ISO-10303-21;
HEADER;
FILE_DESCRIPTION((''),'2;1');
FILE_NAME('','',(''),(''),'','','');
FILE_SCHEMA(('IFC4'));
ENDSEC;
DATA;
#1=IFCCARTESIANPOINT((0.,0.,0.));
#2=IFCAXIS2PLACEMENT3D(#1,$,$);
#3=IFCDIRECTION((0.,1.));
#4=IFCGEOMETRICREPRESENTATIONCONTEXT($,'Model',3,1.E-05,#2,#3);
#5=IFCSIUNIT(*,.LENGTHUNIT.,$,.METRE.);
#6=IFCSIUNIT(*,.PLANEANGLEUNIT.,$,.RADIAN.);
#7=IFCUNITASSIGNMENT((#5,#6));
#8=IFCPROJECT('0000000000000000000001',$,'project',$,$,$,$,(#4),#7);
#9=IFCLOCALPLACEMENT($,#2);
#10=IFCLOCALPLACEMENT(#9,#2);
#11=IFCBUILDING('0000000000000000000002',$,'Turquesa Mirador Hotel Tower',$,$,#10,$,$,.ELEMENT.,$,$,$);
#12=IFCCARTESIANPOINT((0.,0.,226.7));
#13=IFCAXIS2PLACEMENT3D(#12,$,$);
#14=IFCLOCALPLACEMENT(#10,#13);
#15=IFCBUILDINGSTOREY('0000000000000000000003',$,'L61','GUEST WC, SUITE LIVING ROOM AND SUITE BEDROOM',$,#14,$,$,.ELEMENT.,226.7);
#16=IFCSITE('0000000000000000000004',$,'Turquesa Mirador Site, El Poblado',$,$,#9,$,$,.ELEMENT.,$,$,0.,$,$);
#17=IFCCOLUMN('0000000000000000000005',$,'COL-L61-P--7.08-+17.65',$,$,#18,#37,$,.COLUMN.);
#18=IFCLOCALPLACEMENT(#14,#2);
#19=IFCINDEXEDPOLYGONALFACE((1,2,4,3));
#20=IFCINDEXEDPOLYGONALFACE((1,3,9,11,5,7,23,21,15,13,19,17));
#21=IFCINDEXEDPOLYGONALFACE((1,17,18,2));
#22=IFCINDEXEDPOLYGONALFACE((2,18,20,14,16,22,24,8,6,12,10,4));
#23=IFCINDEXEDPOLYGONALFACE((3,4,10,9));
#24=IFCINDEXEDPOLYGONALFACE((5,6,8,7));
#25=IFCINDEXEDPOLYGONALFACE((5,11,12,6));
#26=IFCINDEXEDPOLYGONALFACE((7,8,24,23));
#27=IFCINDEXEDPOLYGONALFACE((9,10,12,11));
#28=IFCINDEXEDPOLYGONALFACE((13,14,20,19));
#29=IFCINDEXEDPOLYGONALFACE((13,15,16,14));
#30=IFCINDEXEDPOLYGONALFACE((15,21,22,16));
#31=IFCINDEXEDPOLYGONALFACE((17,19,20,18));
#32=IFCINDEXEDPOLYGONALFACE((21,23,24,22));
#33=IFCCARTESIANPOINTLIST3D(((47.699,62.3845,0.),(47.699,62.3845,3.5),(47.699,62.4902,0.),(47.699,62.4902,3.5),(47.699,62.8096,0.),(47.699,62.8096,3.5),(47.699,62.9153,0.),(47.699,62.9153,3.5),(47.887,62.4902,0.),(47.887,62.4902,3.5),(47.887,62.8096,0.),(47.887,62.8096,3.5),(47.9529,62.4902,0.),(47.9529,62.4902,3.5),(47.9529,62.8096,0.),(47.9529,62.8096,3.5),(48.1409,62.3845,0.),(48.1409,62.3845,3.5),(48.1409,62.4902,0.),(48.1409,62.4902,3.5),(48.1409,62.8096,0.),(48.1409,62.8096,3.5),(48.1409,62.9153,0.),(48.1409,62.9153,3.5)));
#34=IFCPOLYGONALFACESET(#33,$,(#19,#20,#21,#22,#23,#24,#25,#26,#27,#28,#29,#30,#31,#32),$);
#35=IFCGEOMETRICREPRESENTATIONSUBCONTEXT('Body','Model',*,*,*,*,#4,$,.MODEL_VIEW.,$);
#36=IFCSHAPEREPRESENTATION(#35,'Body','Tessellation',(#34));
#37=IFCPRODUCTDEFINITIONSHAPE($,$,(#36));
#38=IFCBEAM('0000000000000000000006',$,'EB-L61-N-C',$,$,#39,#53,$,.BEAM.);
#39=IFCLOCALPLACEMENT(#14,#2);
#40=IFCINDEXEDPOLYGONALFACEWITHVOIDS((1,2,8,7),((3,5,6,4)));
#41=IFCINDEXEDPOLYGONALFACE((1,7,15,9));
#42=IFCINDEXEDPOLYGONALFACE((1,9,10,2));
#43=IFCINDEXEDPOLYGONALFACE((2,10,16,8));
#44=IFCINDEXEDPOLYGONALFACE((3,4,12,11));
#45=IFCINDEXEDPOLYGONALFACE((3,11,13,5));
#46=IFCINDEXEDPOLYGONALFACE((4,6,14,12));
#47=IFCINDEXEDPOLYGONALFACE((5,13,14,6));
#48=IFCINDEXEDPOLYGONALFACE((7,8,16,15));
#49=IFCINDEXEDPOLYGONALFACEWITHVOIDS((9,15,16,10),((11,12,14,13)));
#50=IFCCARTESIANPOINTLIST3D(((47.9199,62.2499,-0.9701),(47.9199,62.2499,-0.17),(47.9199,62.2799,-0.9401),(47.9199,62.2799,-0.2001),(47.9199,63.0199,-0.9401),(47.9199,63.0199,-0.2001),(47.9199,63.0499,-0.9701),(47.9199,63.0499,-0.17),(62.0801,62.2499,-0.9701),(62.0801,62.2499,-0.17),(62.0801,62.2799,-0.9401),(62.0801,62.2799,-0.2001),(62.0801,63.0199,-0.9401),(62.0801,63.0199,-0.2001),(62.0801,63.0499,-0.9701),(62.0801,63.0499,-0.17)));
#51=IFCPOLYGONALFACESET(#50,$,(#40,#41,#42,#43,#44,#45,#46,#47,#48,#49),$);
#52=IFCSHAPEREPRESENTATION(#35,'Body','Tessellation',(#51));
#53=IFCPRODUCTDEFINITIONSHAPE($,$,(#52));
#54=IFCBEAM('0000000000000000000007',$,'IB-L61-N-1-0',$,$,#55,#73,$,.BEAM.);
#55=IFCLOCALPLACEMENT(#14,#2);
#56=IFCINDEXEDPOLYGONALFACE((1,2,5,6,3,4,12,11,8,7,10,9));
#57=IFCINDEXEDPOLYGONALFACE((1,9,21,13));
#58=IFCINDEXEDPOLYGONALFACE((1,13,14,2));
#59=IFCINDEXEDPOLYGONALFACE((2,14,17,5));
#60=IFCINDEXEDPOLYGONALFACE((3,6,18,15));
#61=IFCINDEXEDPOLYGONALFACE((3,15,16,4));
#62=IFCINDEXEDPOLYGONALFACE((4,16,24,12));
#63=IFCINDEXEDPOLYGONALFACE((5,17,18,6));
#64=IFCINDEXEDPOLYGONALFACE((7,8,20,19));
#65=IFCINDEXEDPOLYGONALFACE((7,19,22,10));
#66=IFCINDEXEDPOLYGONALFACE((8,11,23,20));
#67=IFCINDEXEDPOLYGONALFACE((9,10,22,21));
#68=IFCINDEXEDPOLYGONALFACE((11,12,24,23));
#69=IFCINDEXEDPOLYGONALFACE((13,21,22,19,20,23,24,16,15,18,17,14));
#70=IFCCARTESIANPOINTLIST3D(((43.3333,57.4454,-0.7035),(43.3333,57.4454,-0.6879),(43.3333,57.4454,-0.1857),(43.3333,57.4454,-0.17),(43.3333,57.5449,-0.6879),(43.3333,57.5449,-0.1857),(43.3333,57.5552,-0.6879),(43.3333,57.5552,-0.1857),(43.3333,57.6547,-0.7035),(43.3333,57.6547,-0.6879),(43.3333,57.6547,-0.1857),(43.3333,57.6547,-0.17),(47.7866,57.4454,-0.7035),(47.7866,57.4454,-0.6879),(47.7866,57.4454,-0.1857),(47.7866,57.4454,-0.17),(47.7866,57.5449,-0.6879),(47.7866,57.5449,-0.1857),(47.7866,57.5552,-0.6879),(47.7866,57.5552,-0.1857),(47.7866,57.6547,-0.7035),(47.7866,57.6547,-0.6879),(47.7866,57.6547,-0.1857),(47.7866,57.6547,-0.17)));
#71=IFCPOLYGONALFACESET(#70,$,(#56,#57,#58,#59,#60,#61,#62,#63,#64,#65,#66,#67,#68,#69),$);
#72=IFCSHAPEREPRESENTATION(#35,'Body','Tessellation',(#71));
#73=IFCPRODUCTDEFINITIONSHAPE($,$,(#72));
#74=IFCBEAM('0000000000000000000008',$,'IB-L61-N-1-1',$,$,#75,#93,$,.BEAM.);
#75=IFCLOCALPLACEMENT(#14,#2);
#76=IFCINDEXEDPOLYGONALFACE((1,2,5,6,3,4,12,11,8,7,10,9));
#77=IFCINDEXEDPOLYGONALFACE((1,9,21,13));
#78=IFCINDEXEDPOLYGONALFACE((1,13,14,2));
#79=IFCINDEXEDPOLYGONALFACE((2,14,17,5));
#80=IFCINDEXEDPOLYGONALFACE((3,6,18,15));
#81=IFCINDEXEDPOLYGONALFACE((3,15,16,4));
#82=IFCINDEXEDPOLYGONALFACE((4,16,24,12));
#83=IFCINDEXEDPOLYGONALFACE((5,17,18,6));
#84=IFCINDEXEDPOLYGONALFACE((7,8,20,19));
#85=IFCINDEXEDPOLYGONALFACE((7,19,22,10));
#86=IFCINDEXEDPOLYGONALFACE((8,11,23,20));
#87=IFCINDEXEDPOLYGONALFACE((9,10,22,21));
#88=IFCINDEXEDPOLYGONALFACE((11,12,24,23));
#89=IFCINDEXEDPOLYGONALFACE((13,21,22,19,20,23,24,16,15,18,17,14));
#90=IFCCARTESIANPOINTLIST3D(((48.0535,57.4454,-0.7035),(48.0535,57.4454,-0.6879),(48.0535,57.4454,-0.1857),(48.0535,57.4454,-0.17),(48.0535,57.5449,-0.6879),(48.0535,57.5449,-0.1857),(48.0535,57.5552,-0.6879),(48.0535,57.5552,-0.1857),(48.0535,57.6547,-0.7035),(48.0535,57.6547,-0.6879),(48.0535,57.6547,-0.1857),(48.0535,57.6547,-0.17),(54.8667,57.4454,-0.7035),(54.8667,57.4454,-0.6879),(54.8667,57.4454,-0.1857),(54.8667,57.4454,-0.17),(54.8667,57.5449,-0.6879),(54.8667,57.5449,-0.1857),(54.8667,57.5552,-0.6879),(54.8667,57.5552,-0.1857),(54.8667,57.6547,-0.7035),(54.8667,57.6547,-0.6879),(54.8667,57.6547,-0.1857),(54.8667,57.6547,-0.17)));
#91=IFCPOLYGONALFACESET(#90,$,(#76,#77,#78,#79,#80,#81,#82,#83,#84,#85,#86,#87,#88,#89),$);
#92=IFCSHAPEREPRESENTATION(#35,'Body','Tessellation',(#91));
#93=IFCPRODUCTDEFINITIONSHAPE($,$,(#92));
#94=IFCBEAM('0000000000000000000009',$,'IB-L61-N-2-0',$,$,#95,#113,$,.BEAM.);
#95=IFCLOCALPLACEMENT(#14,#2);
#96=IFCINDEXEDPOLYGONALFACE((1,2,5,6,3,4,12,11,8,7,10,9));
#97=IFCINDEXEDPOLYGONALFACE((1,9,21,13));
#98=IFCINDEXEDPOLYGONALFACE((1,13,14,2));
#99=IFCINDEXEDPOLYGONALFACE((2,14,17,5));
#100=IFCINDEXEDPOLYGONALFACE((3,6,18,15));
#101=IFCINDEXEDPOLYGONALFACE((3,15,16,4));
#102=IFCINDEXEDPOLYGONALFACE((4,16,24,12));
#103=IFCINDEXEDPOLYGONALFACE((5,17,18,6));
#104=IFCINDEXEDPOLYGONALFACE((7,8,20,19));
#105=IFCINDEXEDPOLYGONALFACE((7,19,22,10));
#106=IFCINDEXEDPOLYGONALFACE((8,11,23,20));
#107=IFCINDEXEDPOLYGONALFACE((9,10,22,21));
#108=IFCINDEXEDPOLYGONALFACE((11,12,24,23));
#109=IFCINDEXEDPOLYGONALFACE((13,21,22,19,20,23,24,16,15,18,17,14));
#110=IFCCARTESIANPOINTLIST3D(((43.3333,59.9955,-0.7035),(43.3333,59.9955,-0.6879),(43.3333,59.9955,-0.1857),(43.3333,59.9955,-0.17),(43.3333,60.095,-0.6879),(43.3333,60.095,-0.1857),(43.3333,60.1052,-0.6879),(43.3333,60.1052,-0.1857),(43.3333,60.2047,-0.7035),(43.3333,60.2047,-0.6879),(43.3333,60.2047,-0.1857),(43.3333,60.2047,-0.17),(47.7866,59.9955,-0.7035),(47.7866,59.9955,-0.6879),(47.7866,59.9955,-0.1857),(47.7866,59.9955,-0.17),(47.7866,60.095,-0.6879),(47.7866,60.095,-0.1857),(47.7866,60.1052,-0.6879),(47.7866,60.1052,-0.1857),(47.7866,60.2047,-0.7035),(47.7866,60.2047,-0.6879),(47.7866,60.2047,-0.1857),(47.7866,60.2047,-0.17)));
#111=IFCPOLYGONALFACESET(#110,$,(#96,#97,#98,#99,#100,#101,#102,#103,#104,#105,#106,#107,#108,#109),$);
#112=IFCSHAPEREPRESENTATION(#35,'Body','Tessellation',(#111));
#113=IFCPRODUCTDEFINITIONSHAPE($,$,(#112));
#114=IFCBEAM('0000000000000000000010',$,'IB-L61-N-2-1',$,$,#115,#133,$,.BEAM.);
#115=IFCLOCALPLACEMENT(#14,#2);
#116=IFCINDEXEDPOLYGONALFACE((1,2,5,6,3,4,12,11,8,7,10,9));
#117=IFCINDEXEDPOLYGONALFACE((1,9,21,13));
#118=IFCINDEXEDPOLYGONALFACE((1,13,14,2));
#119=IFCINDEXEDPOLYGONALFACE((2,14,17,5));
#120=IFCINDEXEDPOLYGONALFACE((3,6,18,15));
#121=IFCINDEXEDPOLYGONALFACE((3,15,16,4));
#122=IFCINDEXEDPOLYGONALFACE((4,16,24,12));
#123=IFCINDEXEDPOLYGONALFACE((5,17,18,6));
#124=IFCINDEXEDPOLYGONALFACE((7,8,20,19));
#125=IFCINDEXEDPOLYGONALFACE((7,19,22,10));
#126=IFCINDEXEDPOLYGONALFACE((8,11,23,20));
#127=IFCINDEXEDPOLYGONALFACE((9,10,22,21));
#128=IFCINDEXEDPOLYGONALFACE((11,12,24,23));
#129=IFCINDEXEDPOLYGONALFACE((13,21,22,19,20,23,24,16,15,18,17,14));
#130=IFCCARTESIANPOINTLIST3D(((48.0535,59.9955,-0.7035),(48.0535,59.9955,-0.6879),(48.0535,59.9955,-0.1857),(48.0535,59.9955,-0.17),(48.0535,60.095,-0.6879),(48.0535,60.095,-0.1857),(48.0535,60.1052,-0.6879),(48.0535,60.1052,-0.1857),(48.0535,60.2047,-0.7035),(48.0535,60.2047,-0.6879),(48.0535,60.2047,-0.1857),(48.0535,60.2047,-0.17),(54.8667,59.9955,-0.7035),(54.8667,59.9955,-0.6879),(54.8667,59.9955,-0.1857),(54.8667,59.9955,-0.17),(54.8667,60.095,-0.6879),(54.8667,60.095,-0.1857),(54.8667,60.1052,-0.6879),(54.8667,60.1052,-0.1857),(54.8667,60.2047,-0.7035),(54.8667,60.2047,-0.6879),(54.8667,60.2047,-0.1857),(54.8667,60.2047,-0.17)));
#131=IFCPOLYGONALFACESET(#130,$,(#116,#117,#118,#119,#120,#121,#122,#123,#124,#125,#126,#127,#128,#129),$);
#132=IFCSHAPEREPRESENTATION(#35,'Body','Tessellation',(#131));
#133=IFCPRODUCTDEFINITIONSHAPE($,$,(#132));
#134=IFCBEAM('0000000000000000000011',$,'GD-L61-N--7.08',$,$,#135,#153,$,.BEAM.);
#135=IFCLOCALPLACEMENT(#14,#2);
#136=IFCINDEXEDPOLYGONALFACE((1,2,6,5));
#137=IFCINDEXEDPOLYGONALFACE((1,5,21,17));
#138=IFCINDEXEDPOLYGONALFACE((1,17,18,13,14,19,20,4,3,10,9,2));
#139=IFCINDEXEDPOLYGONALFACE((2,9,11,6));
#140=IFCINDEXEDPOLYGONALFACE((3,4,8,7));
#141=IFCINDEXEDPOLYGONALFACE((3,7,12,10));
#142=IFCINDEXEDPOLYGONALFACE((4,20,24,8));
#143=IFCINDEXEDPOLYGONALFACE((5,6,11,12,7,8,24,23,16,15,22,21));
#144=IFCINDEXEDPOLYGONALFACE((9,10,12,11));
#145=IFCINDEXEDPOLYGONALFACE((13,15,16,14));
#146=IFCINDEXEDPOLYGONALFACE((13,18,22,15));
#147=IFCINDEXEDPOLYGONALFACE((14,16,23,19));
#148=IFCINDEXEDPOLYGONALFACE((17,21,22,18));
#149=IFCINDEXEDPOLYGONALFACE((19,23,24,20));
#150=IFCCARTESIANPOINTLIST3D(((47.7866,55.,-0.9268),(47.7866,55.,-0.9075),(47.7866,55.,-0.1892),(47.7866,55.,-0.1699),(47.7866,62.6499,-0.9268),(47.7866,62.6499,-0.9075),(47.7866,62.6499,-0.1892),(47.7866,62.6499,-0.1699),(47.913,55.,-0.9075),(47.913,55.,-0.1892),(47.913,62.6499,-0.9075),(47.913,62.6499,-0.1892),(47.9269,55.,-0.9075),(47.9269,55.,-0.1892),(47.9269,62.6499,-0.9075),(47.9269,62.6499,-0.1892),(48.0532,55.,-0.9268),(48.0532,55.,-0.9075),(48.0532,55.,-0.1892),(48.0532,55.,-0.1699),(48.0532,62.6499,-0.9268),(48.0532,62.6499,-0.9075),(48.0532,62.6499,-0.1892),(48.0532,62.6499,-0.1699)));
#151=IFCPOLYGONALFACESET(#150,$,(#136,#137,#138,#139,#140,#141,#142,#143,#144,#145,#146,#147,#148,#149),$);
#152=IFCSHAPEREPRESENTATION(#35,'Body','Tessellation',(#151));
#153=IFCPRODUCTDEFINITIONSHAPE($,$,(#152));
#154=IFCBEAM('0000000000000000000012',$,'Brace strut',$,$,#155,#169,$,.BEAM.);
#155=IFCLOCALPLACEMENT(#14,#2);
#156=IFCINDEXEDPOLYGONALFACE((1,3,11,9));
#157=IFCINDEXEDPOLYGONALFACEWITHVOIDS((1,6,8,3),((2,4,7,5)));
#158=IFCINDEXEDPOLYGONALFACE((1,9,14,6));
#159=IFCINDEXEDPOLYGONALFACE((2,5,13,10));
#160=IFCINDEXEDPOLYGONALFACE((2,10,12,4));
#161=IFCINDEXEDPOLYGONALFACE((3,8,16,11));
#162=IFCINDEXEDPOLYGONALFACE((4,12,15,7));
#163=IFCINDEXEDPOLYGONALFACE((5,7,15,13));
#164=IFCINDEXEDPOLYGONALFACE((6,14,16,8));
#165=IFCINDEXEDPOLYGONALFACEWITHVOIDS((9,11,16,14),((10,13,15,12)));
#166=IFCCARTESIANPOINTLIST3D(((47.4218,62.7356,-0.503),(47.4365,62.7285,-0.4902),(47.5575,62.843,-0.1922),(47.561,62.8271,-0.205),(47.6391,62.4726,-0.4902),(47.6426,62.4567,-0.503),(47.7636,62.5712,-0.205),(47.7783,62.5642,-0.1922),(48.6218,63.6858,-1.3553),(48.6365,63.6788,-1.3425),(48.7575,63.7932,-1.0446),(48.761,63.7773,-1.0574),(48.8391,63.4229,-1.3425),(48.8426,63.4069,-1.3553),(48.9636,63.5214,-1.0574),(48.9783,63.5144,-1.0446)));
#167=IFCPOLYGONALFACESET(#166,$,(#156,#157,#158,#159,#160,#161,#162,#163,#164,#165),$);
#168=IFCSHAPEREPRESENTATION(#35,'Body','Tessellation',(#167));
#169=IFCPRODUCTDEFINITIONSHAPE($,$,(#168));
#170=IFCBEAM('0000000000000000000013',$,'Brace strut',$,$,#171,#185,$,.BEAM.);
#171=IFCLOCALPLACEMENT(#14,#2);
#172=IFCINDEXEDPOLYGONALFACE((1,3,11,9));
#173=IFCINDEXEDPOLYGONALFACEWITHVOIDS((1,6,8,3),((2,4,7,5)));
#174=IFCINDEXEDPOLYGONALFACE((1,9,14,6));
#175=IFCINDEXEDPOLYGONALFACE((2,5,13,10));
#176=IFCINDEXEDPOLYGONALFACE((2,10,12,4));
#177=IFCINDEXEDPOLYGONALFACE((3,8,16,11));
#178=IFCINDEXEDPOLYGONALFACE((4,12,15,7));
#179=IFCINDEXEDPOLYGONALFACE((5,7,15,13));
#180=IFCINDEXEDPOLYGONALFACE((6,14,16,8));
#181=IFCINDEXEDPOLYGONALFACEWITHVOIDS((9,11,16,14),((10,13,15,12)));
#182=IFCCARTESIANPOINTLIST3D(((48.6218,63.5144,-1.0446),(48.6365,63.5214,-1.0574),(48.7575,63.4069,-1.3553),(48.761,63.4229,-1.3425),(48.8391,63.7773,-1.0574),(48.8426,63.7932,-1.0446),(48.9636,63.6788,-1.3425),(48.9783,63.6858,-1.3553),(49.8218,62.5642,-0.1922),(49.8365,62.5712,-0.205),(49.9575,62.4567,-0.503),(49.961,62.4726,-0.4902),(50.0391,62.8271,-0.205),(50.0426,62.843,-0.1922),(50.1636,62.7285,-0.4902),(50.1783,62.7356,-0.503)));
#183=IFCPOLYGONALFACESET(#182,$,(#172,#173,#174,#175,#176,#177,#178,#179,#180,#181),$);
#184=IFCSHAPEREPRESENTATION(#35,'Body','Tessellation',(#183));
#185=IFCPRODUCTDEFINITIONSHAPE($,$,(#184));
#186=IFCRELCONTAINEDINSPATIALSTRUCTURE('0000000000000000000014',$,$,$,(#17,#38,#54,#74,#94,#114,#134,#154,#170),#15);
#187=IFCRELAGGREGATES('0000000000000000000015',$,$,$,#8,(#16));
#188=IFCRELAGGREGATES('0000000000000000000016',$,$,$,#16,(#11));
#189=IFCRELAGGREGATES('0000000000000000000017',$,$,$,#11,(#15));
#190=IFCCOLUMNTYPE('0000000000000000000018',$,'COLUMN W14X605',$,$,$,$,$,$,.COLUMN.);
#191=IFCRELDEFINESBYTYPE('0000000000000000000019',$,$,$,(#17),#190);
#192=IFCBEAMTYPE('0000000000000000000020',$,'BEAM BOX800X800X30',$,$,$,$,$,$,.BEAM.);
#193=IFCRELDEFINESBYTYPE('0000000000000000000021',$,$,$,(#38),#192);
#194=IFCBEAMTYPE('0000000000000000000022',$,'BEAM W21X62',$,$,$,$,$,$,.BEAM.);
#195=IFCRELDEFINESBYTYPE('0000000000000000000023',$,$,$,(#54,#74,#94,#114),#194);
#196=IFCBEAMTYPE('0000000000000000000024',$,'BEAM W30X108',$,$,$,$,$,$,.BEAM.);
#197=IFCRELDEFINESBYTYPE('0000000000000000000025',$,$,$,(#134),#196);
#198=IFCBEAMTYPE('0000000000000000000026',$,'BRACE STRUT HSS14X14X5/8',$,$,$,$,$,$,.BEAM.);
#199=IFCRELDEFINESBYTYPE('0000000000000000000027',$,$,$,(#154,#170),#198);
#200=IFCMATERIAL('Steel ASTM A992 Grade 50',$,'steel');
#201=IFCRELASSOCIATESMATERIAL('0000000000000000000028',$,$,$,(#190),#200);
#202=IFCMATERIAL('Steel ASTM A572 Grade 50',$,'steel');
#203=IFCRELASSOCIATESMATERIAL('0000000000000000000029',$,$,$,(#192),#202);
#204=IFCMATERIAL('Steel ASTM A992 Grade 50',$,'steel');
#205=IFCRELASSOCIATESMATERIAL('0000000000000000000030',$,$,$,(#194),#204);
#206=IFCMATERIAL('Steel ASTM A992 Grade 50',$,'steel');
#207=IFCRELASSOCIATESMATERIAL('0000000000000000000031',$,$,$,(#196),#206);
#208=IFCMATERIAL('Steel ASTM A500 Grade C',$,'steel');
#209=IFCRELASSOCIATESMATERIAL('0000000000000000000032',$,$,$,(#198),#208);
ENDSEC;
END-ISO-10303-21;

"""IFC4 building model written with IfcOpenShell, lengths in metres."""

from ifc_helpers import new_model, si_unit, direction, frame, origin, origin_2d, place, context, subcontext, project, spatial, hollow_rectangle, i_section, extrude, material, material_profile, profile_set, type_object, element, save


model = new_model("IFC4")

# Units and contexts
model_context = context("Model", 3, precision=1e-05, world=origin(), true_north=direction((0.0, 1.0)))
body_context = subcontext(model_context, "Body", "Model", "MODEL_VIEW")
ifc_project = project(units=[si_unit("LENGTHUNIT", "METRE"), si_unit("PLANEANGLEUNIT", "RADIAN")], contexts=[model_context])

# Site, building, storey
site_placement = place(None, origin())
site = spatial("IfcSite", under=ifc_project, at=site_placement, Name="Turquesa Mirador Site, El Poblado", CompositionType="ELEMENT", RefElevation=0.0)
building_placement = place(site_placement, origin())
building = spatial("IfcBuilding", under=site, at=building_placement, Name="Turquesa Mirador Hotel Tower", CompositionType="ELEMENT")
storey_placement = place(building_placement, frame((0.0, 0.0, 226.7)))
storey = spatial("IfcBuildingStorey", under=building, at=storey_placement, Name="L61", Description="GUEST WC, SUITE LIVING ROOM AND SUITE BEDROOM", CompositionType="ELEMENT", Elevation=226.7)

# Column
ifc_material_1 = material(Name="Steel ASTM A992 Grade 50", Category="steel")
ifc_material_profile_1 = material_profile(ifc_material_1, i_section(OverallWidth=0.4419, OverallDepth=0.5308, WebThickness=0.0659, FlangeThickness=0.1057, at=origin_2d()), Name="W14X605")
ifc_profile_set_1 = profile_set([ifc_material_profile_1], Name="Steel ASTM A992 Grade 50")
column_type = type_object("IfcColumnType", Name="COLUMN W14X605", PredefinedType="COLUMN", material=ifc_profile_set_1)
column_placement = place(storey_placement, frame((47.9199, 62.6499, 0.0), z_axis=(0.0, 0.0, 1.0), x_axis=(1.0, 0.0, 0.0)))
element("IfcColumn", 1, at=column_placement, inside=storey, type_object=column_type, Name="COL-L61-P--7.08-+17.65", PredefinedType="COLUMN", context=body_context, shape_type="SweptSolid", body=[
    extrude(i_section(OverallWidth=0.4419, OverallDepth=0.5308, WebThickness=0.0659, FlangeThickness=0.1057, at=origin_2d()), origin(), (0.0, 0.0, 1.0), 3.5),
])

# Beams
ifc_material_2 = material(Name="Steel ASTM A572 Grade 50", Category="steel")
ifc_material_profile_2 = material_profile(ifc_material_2, hollow_rectangle(XDim=0.8, YDim=0.8, WallThickness=0.03, at=origin_2d()), Name="BOX800X800X30")
ifc_profile_set_2 = profile_set([ifc_material_profile_2], Name="Steel ASTM A572 Grade 50")
beam_type_1 = type_object("IfcBeamType", Name="BEAM BOX800X800X30", PredefinedType="BEAM", material=ifc_profile_set_2)
beam_1_placement = place(storey_placement, frame((47.9199, 62.6499, -0.5701), z_axis=(1.0, 0.0, 0.0), x_axis=(0.0, 1.0, 0.0)))
element("IfcBeam", 2, at=beam_1_placement, inside=storey, type_object=beam_type_1, Name="EB-L61-N-C", PredefinedType="BEAM", context=body_context, shape_type="SweptSolid", body=[
    extrude(hollow_rectangle(XDim=0.8, YDim=0.8, WallThickness=0.03, at=origin_2d()), origin(), (0.0, 0.0, 1.0), 14.1602),
])
ifc_material_3 = material(Name="Steel ASTM A992 Grade 50", Category="steel")
ifc_material_profile_3 = material_profile(ifc_material_3, i_section(OverallWidth=0.2092, OverallDepth=0.5334, WebThickness=0.0103, FlangeThickness=0.0156, at=origin_2d()), Name="W21X62")
ifc_profile_set_3 = profile_set([ifc_material_profile_3], Name="Steel ASTM A992 Grade 50")
beam_type_2 = type_object("IfcBeamType", Name="BEAM W21X62", PredefinedType="BEAM", material=ifc_profile_set_3)
beam_2_placement = place(storey_placement, frame((43.3333, 57.55, -0.4368), z_axis=(1.0, 0.0, 0.0), x_axis=(0.0, 1.0, 0.0)))
element("IfcBeam", 3, at=beam_2_placement, inside=storey, type_object=beam_type_2, Name="IB-L61-N-1-0", PredefinedType="BEAM", context=body_context, shape_type="SweptSolid", body=[
    extrude(i_section(OverallWidth=0.2092, OverallDepth=0.5334, WebThickness=0.0103, FlangeThickness=0.0156, at=origin_2d()), origin(), (0.0, 0.0, 1.0), 4.4534),
])
beam_3_placement = place(storey_placement, frame((48.0535, 57.55, -0.4368), z_axis=(1.0, 0.0, 0.0), x_axis=(0.0, 1.0, 0.0)))
element("IfcBeam", 4, at=beam_3_placement, inside=storey, type_object=beam_type_2, Name="IB-L61-N-1-1", PredefinedType="BEAM", context=body_context, shape_type="SweptSolid", body=[
    extrude(i_section(OverallWidth=0.2092, OverallDepth=0.5334, WebThickness=0.0103, FlangeThickness=0.0156, at=origin_2d()), origin(), (0.0, 0.0, 1.0), 6.8132),
])
beam_4_placement = place(storey_placement, frame((43.3333, 60.1001, -0.4368), z_axis=(1.0, 0.0, 0.0), x_axis=(0.0, 1.0, 0.0)))
element("IfcBeam", 5, at=beam_4_placement, inside=storey, type_object=beam_type_2, Name="IB-L61-N-2-0", PredefinedType="BEAM", context=body_context, shape_type="SweptSolid", body=[
    extrude(i_section(OverallWidth=0.2092, OverallDepth=0.5334, WebThickness=0.0103, FlangeThickness=0.0156, at=origin_2d()), origin(), (0.0, 0.0, 1.0), 4.4534),
])
beam_5_placement = place(storey_placement, frame((48.0535, 60.1001, -0.4368), z_axis=(1.0, 0.0, 0.0), x_axis=(0.0, 1.0, 0.0)))
element("IfcBeam", 6, at=beam_5_placement, inside=storey, type_object=beam_type_2, Name="IB-L61-N-2-1", PredefinedType="BEAM", context=body_context, shape_type="SweptSolid", body=[
    extrude(i_section(OverallWidth=0.2092, OverallDepth=0.5334, WebThickness=0.0103, FlangeThickness=0.0156, at=origin_2d()), origin(), (0.0, 0.0, 1.0), 6.8132),
])
ifc_material_4 = material(Name="Steel ASTM A992 Grade 50", Category="steel")
ifc_material_profile_4 = material_profile(ifc_material_4, i_section(OverallWidth=0.2666, OverallDepth=0.7568, WebThickness=0.0139, FlangeThickness=0.0193, at=origin_2d()), Name="W30X108")
ifc_profile_set_4 = profile_set([ifc_material_profile_4], Name="Steel ASTM A992 Grade 50")
beam_type_3 = type_object("IfcBeamType", Name="BEAM W30X108", PredefinedType="BEAM", material=ifc_profile_set_4)
beam_6_placement = place(storey_placement, frame((47.9199, 62.6499, -0.5483), z_axis=(0.0, -1.0, 0.0), x_axis=(1.0, 0.0, 0.0)))
element("IfcBeam", 7, at=beam_6_placement, inside=storey, type_object=beam_type_3, Name="GD-L61-N--7.08", PredefinedType="BEAM", context=body_context, shape_type="SweptSolid", body=[
    extrude(i_section(OverallWidth=0.2666, OverallDepth=0.7568, WebThickness=0.0139, FlangeThickness=0.0193, at=origin_2d()), origin(), (0.0, 0.0, 1.0), 7.6499),
])
ifc_material_5 = material(Name="Steel ASTM A500 Grade C", Category="steel")
ifc_material_profile_5 = material_profile(ifc_material_5, hollow_rectangle(XDim=0.3557, YDim=0.3557, WallThickness=0.0146, at=origin_2d()), Name="HSS14X14X5/8")
ifc_profile_set_5 = profile_set([ifc_material_profile_5], Name="Steel ASTM A500 Grade C")
beam_type_4 = type_object("IfcBeamType", Name="BRACE STRUT HSS14X14X5/8", PredefinedType="BEAM", material=ifc_profile_set_5)
for number, where, z_axis, x_axis, name in (
    (8, (48.8, 63.6001, -1.2), (-0.684942, -0.542379, 0.486497), (0.620797, -0.783971, 0.0), "Brace strut"),
    (9, (48.8, 63.6001, -1.2), (0.684942, -0.542379, 0.486497), (0.620797, 0.783971, 0.0), "Brace strut"),
):
    element("IfcBeam", number, at=place(storey_placement, frame(where, z_axis=z_axis, x_axis=x_axis)), inside=storey, type_object=beam_type_4, Name=name, PredefinedType="BEAM", context=body_context, shape_type="SweptSolid", body=[
        extrude(hollow_rectangle(XDim=0.3557, YDim=0.3557, WallThickness=0.0146, at=origin_2d()), origin(), (0.0, 0.0, 1.0), 1.752),
    ])

save(model, "model.ifc")
